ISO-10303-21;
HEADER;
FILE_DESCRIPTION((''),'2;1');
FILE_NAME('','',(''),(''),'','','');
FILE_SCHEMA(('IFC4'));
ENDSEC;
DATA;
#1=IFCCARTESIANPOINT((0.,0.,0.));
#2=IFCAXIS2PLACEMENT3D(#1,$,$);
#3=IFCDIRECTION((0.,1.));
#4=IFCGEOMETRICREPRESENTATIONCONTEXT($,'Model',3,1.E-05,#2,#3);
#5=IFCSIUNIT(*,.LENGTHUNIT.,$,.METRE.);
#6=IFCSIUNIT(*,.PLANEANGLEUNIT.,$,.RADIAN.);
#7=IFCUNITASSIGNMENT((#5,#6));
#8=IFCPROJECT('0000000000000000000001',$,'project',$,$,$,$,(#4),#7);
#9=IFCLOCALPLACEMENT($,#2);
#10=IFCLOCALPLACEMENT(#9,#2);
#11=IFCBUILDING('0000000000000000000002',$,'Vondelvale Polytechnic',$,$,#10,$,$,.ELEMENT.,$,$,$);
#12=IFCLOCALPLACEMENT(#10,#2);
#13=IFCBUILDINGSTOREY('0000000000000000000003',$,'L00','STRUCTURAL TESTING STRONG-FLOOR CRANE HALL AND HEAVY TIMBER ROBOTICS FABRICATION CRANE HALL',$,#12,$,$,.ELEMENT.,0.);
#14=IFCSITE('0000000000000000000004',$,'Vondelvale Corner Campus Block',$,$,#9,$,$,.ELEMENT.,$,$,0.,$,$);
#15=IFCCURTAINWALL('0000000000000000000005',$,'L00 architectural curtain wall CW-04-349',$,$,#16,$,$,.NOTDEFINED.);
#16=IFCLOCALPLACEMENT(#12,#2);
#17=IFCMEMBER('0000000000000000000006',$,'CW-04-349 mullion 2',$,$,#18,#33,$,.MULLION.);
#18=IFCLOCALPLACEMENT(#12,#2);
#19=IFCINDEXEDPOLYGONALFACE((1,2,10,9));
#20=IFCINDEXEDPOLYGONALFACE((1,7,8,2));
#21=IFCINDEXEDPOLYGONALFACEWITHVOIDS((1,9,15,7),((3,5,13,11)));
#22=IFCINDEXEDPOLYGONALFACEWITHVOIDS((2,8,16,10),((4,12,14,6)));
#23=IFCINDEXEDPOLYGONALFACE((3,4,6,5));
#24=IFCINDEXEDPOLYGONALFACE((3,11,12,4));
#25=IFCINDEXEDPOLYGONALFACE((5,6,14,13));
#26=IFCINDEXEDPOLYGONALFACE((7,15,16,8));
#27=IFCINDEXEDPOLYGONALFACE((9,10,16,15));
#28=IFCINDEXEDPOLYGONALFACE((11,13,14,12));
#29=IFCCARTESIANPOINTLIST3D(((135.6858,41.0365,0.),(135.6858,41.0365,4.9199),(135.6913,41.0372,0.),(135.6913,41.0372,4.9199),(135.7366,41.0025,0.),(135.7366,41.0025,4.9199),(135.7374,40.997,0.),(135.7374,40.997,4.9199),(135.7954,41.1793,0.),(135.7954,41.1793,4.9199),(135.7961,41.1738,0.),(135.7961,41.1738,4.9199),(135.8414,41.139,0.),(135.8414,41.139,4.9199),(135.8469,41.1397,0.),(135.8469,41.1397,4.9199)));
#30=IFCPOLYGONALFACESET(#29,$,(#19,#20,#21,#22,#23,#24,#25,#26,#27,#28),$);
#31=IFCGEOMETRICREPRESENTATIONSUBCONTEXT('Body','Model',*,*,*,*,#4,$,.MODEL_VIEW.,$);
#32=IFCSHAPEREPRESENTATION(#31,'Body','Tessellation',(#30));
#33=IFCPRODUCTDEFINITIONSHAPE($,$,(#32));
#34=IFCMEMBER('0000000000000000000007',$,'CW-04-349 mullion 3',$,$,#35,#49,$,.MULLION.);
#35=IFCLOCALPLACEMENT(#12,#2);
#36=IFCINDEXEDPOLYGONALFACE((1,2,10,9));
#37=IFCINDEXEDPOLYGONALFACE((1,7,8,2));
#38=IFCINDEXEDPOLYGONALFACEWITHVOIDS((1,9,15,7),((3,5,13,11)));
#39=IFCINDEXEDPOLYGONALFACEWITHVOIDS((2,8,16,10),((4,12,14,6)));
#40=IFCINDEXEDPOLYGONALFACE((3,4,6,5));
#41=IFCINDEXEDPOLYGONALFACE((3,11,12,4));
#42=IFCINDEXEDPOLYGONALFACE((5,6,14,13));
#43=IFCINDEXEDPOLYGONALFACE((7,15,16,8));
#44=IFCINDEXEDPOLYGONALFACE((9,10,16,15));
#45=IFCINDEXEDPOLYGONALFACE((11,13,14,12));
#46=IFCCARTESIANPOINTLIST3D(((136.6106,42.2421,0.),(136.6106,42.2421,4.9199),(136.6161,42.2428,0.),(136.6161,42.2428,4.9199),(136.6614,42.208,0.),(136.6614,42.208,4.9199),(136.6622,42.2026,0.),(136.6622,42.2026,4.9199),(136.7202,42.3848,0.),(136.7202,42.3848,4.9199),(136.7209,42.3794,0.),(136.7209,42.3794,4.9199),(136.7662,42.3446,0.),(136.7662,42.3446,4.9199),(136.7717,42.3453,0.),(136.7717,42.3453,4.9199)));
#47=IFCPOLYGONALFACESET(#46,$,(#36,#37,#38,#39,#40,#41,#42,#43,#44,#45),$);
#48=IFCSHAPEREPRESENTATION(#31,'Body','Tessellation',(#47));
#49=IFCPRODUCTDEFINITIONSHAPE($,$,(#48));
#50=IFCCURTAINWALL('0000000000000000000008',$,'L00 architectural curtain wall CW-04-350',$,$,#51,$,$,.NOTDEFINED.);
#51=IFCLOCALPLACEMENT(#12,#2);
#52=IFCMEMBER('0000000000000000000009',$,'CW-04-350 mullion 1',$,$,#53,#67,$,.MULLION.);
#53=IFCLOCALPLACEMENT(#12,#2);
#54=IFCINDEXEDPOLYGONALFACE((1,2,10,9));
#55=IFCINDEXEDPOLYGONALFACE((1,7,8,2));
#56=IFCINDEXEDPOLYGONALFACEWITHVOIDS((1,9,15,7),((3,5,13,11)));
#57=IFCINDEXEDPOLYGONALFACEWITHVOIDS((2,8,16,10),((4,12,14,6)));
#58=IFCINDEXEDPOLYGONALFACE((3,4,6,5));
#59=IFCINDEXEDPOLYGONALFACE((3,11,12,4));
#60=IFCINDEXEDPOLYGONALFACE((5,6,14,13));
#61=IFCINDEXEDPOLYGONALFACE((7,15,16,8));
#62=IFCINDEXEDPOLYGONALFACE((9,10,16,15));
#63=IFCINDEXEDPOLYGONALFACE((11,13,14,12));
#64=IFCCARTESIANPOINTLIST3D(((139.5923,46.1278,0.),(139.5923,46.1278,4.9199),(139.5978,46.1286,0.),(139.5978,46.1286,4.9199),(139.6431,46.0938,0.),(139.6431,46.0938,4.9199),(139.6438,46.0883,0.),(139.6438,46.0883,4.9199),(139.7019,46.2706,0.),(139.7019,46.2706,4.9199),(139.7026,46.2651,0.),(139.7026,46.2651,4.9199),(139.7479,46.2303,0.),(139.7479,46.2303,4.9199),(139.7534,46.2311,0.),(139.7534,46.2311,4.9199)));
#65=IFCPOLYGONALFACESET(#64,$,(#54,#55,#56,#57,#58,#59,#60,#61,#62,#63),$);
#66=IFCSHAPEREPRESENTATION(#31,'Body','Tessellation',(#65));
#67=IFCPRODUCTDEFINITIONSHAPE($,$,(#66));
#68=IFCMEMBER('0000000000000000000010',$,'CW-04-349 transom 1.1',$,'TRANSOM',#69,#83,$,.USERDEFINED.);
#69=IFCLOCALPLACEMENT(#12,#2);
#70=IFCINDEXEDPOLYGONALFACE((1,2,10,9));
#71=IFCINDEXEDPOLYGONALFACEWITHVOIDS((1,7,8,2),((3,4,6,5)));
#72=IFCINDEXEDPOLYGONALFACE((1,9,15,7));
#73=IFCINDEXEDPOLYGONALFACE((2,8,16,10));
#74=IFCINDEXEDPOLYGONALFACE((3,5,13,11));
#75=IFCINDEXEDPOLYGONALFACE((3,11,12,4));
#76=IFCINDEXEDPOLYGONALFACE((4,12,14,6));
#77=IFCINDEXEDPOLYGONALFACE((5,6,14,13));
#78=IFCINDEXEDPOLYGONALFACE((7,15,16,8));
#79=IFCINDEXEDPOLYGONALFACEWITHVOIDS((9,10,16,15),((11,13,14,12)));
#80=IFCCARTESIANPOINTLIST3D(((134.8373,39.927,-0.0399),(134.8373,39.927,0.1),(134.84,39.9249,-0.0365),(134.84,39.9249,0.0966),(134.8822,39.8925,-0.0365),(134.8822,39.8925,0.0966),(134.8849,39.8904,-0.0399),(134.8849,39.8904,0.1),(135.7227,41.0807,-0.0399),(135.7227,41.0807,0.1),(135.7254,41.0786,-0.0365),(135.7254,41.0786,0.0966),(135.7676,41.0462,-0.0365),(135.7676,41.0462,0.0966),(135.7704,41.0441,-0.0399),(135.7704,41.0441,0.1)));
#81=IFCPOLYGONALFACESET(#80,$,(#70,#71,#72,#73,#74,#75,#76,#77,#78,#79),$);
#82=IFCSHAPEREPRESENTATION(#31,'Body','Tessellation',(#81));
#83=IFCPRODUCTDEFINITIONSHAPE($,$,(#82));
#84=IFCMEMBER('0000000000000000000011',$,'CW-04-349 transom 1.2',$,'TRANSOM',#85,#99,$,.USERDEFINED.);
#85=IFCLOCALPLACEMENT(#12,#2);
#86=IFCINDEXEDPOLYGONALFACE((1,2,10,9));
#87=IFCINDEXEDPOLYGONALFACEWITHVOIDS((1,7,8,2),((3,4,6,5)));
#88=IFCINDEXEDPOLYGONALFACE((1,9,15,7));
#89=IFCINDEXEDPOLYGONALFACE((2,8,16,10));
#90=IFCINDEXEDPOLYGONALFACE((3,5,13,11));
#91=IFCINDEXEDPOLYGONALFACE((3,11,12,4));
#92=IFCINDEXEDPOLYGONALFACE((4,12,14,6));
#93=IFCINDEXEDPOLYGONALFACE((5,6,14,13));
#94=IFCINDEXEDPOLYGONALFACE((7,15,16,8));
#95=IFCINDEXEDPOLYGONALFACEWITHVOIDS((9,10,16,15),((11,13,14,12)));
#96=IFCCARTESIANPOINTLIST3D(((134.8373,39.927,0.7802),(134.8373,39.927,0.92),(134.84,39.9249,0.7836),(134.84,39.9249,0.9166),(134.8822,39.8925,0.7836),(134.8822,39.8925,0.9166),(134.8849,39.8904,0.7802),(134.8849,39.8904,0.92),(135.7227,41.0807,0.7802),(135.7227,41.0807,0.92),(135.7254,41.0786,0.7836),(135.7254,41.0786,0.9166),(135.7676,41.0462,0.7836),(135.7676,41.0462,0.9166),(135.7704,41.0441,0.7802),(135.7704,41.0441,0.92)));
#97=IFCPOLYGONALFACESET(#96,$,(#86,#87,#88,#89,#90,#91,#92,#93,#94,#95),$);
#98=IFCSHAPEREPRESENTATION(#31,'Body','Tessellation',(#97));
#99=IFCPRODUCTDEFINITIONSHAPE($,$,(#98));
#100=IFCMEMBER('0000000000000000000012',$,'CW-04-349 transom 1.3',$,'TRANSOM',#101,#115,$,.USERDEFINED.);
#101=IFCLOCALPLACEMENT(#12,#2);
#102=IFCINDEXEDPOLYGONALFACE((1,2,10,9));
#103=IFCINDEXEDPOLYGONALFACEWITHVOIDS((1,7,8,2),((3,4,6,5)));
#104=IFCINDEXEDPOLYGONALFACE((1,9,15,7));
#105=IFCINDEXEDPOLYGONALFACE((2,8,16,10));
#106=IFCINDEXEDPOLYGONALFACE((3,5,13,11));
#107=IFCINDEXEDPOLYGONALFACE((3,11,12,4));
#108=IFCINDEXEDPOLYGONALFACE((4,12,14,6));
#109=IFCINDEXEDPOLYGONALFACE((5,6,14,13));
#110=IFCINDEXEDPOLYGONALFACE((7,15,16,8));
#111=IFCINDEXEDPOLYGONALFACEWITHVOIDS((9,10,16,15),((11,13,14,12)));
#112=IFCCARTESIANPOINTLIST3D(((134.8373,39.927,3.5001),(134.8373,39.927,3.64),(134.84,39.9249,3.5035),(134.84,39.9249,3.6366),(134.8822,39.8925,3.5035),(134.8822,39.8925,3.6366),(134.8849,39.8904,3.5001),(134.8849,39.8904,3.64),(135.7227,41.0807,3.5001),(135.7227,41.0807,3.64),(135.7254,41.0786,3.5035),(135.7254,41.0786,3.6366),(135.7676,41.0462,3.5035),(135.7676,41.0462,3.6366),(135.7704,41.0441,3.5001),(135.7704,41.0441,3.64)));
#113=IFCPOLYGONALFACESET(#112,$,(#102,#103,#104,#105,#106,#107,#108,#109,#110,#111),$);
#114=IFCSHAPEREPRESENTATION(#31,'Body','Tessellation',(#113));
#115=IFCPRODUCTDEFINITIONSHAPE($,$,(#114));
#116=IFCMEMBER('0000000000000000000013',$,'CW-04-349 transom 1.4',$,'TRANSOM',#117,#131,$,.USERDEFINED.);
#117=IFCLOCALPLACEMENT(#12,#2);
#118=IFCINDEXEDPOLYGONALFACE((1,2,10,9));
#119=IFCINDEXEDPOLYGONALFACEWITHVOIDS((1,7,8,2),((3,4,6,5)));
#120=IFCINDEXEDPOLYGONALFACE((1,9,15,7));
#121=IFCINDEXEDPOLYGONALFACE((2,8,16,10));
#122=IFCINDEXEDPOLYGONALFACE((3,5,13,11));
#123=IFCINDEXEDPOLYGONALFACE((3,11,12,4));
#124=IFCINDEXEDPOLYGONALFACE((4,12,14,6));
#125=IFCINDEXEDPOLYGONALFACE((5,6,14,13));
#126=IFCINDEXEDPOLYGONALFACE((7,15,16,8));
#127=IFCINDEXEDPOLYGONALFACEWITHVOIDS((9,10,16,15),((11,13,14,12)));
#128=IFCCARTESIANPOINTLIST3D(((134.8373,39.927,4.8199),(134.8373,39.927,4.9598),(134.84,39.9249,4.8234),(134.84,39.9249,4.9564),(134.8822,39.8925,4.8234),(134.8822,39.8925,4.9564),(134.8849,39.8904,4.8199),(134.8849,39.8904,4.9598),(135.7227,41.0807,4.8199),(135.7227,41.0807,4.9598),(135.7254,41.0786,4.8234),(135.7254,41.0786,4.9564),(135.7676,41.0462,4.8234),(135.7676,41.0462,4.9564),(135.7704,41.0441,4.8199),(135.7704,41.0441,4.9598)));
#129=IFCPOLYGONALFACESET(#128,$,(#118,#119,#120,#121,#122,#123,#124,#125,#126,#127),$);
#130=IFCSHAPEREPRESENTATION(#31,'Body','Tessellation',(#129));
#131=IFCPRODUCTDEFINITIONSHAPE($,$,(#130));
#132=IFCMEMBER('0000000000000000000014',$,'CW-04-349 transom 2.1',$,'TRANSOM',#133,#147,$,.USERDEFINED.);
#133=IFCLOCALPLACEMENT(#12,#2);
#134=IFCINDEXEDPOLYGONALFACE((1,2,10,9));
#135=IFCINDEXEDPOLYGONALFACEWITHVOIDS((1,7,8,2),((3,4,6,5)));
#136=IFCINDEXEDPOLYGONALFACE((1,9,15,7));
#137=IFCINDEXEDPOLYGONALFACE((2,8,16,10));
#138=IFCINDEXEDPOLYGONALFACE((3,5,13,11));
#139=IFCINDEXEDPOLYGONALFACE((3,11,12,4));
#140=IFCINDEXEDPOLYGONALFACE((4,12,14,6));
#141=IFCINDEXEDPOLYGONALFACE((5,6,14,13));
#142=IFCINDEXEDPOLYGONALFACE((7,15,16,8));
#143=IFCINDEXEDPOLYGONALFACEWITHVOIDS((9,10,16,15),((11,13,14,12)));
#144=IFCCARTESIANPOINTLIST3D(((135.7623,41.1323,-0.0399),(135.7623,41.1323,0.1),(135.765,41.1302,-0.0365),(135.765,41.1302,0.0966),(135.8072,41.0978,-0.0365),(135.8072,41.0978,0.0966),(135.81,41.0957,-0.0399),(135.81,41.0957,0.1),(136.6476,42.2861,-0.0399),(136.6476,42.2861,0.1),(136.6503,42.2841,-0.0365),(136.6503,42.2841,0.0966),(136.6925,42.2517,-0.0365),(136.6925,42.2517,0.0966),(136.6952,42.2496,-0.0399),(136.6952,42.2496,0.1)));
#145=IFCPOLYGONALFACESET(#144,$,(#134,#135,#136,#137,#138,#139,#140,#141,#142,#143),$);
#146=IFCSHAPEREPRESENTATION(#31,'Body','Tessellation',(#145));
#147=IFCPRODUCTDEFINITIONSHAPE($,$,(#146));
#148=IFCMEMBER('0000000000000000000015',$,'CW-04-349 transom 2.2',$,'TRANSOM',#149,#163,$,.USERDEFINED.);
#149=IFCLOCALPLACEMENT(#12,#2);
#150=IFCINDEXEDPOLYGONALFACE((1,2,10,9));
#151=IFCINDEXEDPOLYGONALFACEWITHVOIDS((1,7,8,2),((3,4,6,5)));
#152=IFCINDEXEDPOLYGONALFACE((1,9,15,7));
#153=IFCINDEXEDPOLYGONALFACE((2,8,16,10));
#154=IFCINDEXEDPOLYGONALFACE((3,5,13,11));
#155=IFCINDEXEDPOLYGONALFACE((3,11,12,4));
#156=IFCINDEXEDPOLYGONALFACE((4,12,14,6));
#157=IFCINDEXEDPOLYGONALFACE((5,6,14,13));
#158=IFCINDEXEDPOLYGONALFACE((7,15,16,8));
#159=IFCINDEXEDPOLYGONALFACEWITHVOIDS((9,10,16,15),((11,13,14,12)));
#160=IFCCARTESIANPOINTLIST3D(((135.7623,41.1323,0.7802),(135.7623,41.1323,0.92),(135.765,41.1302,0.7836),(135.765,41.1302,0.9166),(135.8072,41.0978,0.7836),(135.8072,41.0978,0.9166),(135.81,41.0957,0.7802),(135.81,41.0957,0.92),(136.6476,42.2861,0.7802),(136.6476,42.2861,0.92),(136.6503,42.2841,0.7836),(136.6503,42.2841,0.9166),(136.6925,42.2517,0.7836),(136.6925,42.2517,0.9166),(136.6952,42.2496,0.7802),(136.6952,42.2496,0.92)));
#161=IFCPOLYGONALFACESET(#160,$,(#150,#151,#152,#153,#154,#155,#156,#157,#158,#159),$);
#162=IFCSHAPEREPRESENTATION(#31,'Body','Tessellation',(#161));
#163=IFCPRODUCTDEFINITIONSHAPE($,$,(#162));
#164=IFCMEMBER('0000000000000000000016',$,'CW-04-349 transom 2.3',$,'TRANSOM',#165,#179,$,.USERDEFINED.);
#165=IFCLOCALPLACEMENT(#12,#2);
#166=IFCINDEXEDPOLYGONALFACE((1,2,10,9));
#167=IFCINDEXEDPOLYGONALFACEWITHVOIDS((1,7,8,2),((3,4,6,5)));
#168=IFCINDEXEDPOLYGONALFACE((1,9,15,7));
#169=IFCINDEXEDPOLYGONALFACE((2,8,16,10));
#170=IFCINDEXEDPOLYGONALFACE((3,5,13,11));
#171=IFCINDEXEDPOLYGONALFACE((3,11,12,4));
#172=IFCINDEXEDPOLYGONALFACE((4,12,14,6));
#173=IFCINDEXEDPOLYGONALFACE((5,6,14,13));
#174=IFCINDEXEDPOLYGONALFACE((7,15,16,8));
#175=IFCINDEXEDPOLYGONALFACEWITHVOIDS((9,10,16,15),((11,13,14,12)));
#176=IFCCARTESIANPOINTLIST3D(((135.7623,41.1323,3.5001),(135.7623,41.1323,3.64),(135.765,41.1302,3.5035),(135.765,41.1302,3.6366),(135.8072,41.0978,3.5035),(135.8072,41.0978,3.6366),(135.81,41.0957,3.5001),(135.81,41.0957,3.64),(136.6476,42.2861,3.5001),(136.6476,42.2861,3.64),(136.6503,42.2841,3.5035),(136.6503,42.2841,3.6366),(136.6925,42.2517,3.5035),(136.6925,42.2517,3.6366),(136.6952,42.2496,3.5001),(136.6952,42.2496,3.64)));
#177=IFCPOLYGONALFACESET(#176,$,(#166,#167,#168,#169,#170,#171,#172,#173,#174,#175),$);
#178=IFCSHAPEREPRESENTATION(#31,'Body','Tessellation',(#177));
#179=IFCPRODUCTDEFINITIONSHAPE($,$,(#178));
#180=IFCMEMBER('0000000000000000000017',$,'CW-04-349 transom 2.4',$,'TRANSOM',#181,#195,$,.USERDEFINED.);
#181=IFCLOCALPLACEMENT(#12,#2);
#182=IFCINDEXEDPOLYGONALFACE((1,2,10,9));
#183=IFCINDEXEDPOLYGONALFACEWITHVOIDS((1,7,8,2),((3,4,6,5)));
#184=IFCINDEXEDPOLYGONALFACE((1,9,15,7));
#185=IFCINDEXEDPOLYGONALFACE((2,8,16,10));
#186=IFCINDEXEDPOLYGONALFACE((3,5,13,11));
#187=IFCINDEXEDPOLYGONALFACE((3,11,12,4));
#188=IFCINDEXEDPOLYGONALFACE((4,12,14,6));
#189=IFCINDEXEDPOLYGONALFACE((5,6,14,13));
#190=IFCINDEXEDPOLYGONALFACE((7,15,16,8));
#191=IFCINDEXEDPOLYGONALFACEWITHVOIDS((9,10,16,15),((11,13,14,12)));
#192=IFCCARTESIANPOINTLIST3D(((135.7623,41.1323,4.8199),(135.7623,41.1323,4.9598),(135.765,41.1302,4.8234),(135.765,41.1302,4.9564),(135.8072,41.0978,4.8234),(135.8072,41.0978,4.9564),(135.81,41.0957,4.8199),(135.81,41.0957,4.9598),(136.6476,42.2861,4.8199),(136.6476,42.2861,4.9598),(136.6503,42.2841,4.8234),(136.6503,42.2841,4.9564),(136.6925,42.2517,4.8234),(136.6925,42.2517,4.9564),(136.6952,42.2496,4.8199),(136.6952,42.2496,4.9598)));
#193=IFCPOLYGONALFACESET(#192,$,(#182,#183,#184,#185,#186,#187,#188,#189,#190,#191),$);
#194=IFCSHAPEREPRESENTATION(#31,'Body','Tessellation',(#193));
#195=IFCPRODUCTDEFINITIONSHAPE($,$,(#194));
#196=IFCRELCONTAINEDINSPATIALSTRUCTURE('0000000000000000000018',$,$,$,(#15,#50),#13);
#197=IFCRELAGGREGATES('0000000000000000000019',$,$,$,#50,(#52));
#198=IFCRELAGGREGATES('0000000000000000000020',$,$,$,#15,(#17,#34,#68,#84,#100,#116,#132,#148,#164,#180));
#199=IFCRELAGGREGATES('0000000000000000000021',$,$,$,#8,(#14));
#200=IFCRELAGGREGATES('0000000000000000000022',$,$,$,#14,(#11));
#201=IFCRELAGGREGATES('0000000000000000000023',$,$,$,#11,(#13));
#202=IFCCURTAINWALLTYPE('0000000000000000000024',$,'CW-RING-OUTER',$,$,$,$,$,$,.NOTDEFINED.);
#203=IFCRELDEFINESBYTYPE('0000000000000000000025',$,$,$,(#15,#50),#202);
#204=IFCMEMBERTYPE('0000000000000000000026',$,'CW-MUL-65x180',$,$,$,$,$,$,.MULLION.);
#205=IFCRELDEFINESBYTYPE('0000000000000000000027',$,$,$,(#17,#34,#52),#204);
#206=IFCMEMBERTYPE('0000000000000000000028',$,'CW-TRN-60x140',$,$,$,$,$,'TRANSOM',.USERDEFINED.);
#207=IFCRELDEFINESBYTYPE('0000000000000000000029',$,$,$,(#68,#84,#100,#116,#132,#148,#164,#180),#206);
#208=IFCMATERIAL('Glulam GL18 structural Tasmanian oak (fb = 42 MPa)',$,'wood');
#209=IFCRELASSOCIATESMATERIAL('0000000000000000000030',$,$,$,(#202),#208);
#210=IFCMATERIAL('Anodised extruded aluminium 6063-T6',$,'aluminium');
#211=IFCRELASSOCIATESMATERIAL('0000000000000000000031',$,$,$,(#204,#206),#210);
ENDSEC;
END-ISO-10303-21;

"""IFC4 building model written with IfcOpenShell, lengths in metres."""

from ifc_helpers import new_model, si_unit, direction, frame, origin, origin_2d, place, context, subcontext, project, spatial, hollow_rectangle, extrude, material, material_profile, profile_set, type_object, element, aggregate, save


model = new_model("IFC4")

# Units and contexts
model_context = context("Model", 3, precision=1e-05, world=origin(), true_north=direction((0.0, 1.0)))
body_context = subcontext(model_context, "Body", "Model", "MODEL_VIEW")
ifc_project = project(units=[si_unit("LENGTHUNIT", "METRE"), si_unit("PLANEANGLEUNIT", "RADIAN")], contexts=[model_context])

# Site, building, storey
site_placement = place(None, origin())
site = spatial("IfcSite", under=ifc_project, at=site_placement, Name="Vondelvale Corner Campus Block", CompositionType="ELEMENT", RefElevation=0.0)
building_placement = place(site_placement, origin())
building = spatial("IfcBuilding", under=site, at=building_placement, Name="Vondelvale Polytechnic", CompositionType="ELEMENT")
storey_placement = place(building_placement, origin())
storey = spatial("IfcBuildingStorey", under=building, at=storey_placement, Name="L00", Description="STRUCTURAL TESTING STRONG-FLOOR CRANE HALL AND HEAVY TIMBER ROBOTICS FABRICATION CRANE HALL", CompositionType="ELEMENT", Elevation=0.0)

# Shared definitions
ifc_material_1 = material(Name="Glulam GL18 structural Tasmanian oak (fb = 42 MPa)", Category="wood")

# Curtain wall, members
curtain_wall_type = type_object("IfcCurtainWallType", Name="CW-RING-OUTER", PredefinedType="NOTDEFINED", material=ifc_material_1)
curtain_wall_1_placement = place(storey_placement, origin())
curtain_wall_1 = element("IfcCurtainWall", 1, at=curtain_wall_1_placement, inside=storey, type_object=curtain_wall_type, Name="L00 architectural curtain wall CW-04-349", PredefinedType="NOTDEFINED")
ifc_material_2 = material(Name="Anodised extruded aluminium 6063-T6", Category="aluminium")
ifc_material_profile_1 = material_profile(ifc_material_2, hollow_rectangle(XDim=0.0649, YDim=0.1799, WallThickness=0.0039, at=origin_2d()), Name="CW-MUL-180x65")
ifc_profile_set_1 = profile_set([ifc_material_profile_1], Name="Anodised extruded aluminium 6063-T6")
member_type_1 = type_object("IfcMemberType", Name="CW-MUL-65x180", PredefinedType="MULLION", material=ifc_profile_set_1)
member_1_placement = place(storey_placement, frame((135.7664, 41.0881, 0.0), z_axis=(0.0, 0.0, 1.0), x_axis=(-0.793352, 0.608764, 0.0)))
member_1 = element("IfcMember", 2, at=member_1_placement, type_object=member_type_1, Name="CW-04-349 mullion 2", PredefinedType="MULLION", context=body_context, shape_type="SweptSolid", body=[
    extrude(hollow_rectangle(XDim=0.0649, YDim=0.1799, WallThickness=0.0039, at=origin_2d()), origin(), (0.0, 0.0, 1.0), 4.9199),
])
member_2_placement = place(storey_placement, frame((136.6912, 42.2937, 0.0), z_axis=(0.0, 0.0, 1.0), x_axis=(-0.793352, 0.608764, 0.0)))
member_2 = element("IfcMember", 3, at=member_2_placement, type_object=member_type_1, Name="CW-04-349 mullion 3", PredefinedType="MULLION", context=body_context, shape_type="SweptSolid", body=[
    extrude(hollow_rectangle(XDim=0.0649, YDim=0.1799, WallThickness=0.0039, at=origin_2d()), origin(), (0.0, 0.0, 1.0), 4.9199),
])

# Curtain wall, member
curtain_wall_2_placement = place(storey_placement, origin())
curtain_wall_2 = element("IfcCurtainWall", 4, at=curtain_wall_2_placement, inside=storey, type_object=curtain_wall_type, Name="L00 architectural curtain wall CW-04-350", PredefinedType="NOTDEFINED")
member_3_placement = place(storey_placement, frame((139.6729, 46.1794, 0.0), z_axis=(0.0, 0.0, 1.0), x_axis=(-0.793352, 0.608764, 0.0)))
member_3 = element("IfcMember", 5, at=member_3_placement, type_object=member_type_1, Name="CW-04-350 mullion 1", PredefinedType="MULLION", context=body_context, shape_type="SweptSolid", body=[
    extrude(hollow_rectangle(XDim=0.0649, YDim=0.1799, WallThickness=0.0039, at=origin_2d()), origin(), (0.0, 0.0, 1.0), 4.9199),
])
aggregate(curtain_wall_2, [member_3])

# Members
ifc_material_profile_2 = material_profile(ifc_material_2, hollow_rectangle(XDim=0.0601, YDim=0.1399, WallThickness=0.0034, at=origin_2d()), Name="CW-TRN-140x60")
ifc_profile_set_2 = profile_set([ifc_material_profile_2], Name="Anodised extruded aluminium 6063-T6")
member_type_2 = type_object("IfcMemberType", Name="CW-TRN-60x140", ElementType="TRANSOM", PredefinedType="USERDEFINED", material=ifc_profile_set_2)
member_4_placement = place(storey_placement, frame((134.8611, 39.9087, 0.03), z_axis=(0.608826, 0.793304, 0.0), x_axis=(-0.793304, 0.608826, 0.0)))
member_4 = element("IfcMember", 6, at=member_4_placement, type_object=member_type_2, Name="CW-04-349 transom 1.1", ObjectType="TRANSOM", PredefinedType="USERDEFINED", context=body_context, shape_type="SweptSolid", body=[
    extrude(hollow_rectangle(XDim=0.0601, YDim=0.1399, WallThickness=0.0034, at=origin_2d()), origin(), (0.0, 0.0, 1.0), 1.4543),
])
member_5_placement = place(storey_placement, frame((134.8611, 39.9087, 0.8501), z_axis=(0.608826, 0.793304, 0.0), x_axis=(-0.793304, 0.608826, 0.0)))
member_5 = element("IfcMember", 7, at=member_5_placement, type_object=member_type_2, Name="CW-04-349 transom 1.2", ObjectType="TRANSOM", PredefinedType="USERDEFINED", context=body_context, shape_type="SweptSolid", body=[
    extrude(hollow_rectangle(XDim=0.0601, YDim=0.1399, WallThickness=0.0034, at=origin_2d()), origin(), (0.0, 0.0, 1.0), 1.4543),
])
member_6_placement = place(storey_placement, frame((134.8611, 39.9087, 3.5701), z_axis=(0.608826, 0.793304, 0.0), x_axis=(-0.793304, 0.608826, 0.0)))
member_6 = element("IfcMember", 8, at=member_6_placement, type_object=member_type_2, Name="CW-04-349 transom 1.3", ObjectType="TRANSOM", PredefinedType="USERDEFINED", context=body_context, shape_type="SweptSolid", body=[
    extrude(hollow_rectangle(XDim=0.0601, YDim=0.1399, WallThickness=0.0034, at=origin_2d()), origin(), (0.0, 0.0, 1.0), 1.4543),
])
member_7_placement = place(storey_placement, frame((134.8611, 39.9087, 4.8899), z_axis=(0.608826, 0.793304, 0.0), x_axis=(-0.793304, 0.608826, 0.0)))
member_7 = element("IfcMember", 9, at=member_7_placement, type_object=member_type_2, Name="CW-04-349 transom 1.4", ObjectType="TRANSOM", PredefinedType="USERDEFINED", context=body_context, shape_type="SweptSolid", body=[
    extrude(hollow_rectangle(XDim=0.0601, YDim=0.1399, WallThickness=0.0034, at=origin_2d()), origin(), (0.0, 0.0, 1.0), 1.4543),
])
member_8_placement = place(storey_placement, frame((135.7861, 41.114, 0.03), z_axis=(0.608721, 0.793385, 0.0), x_axis=(-0.793385, 0.608721, 0.0)))
member_8 = element("IfcMember", 10, at=member_8_placement, type_object=member_type_2, Name="CW-04-349 transom 2.1", ObjectType="TRANSOM", PredefinedType="USERDEFINED", context=body_context, shape_type="SweptSolid", body=[
    extrude(hollow_rectangle(XDim=0.0601, YDim=0.1399, WallThickness=0.0034, at=origin_2d()), origin(), (0.0, 0.0, 1.0), 1.4543),
])
member_9_placement = place(storey_placement, frame((135.7861, 41.114, 0.8501), z_axis=(0.608721, 0.793385, 0.0), x_axis=(-0.793385, 0.608721, 0.0)))
member_9 = element("IfcMember", 11, at=member_9_placement, type_object=member_type_2, Name="CW-04-349 transom 2.2", ObjectType="TRANSOM", PredefinedType="USERDEFINED", context=body_context, shape_type="SweptSolid", body=[
    extrude(hollow_rectangle(XDim=0.0601, YDim=0.1399, WallThickness=0.0034, at=origin_2d()), origin(), (0.0, 0.0, 1.0), 1.4543),
])
member_10_placement = place(storey_placement, frame((135.7861, 41.114, 3.5701), z_axis=(0.608721, 0.793385, 0.0), x_axis=(-0.793385, 0.608721, 0.0)))
member_10 = element("IfcMember", 12, at=member_10_placement, type_object=member_type_2, Name="CW-04-349 transom 2.3", ObjectType="TRANSOM", PredefinedType="USERDEFINED", context=body_context, shape_type="SweptSolid", body=[
    extrude(hollow_rectangle(XDim=0.0601, YDim=0.1399, WallThickness=0.0034, at=origin_2d()), origin(), (0.0, 0.0, 1.0), 1.4543),
])
member_11_placement = place(storey_placement, frame((135.7861, 41.114, 4.8899), z_axis=(0.608721, 0.793385, 0.0), x_axis=(-0.793385, 0.608721, 0.0)))
member_11 = element("IfcMember", 13, at=member_11_placement, type_object=member_type_2, Name="CW-04-349 transom 2.4", ObjectType="TRANSOM", PredefinedType="USERDEFINED", context=body_context, shape_type="SweptSolid", body=[
    extrude(hollow_rectangle(XDim=0.0601, YDim=0.1399, WallThickness=0.0034, at=origin_2d()), origin(), (0.0, 0.0, 1.0), 1.4543),
])

aggregate(curtain_wall_1, [member_1, member_2, member_4, member_5, member_6, member_7, member_8, member_9, member_10, member_11])

save(model, "model.ifc")
